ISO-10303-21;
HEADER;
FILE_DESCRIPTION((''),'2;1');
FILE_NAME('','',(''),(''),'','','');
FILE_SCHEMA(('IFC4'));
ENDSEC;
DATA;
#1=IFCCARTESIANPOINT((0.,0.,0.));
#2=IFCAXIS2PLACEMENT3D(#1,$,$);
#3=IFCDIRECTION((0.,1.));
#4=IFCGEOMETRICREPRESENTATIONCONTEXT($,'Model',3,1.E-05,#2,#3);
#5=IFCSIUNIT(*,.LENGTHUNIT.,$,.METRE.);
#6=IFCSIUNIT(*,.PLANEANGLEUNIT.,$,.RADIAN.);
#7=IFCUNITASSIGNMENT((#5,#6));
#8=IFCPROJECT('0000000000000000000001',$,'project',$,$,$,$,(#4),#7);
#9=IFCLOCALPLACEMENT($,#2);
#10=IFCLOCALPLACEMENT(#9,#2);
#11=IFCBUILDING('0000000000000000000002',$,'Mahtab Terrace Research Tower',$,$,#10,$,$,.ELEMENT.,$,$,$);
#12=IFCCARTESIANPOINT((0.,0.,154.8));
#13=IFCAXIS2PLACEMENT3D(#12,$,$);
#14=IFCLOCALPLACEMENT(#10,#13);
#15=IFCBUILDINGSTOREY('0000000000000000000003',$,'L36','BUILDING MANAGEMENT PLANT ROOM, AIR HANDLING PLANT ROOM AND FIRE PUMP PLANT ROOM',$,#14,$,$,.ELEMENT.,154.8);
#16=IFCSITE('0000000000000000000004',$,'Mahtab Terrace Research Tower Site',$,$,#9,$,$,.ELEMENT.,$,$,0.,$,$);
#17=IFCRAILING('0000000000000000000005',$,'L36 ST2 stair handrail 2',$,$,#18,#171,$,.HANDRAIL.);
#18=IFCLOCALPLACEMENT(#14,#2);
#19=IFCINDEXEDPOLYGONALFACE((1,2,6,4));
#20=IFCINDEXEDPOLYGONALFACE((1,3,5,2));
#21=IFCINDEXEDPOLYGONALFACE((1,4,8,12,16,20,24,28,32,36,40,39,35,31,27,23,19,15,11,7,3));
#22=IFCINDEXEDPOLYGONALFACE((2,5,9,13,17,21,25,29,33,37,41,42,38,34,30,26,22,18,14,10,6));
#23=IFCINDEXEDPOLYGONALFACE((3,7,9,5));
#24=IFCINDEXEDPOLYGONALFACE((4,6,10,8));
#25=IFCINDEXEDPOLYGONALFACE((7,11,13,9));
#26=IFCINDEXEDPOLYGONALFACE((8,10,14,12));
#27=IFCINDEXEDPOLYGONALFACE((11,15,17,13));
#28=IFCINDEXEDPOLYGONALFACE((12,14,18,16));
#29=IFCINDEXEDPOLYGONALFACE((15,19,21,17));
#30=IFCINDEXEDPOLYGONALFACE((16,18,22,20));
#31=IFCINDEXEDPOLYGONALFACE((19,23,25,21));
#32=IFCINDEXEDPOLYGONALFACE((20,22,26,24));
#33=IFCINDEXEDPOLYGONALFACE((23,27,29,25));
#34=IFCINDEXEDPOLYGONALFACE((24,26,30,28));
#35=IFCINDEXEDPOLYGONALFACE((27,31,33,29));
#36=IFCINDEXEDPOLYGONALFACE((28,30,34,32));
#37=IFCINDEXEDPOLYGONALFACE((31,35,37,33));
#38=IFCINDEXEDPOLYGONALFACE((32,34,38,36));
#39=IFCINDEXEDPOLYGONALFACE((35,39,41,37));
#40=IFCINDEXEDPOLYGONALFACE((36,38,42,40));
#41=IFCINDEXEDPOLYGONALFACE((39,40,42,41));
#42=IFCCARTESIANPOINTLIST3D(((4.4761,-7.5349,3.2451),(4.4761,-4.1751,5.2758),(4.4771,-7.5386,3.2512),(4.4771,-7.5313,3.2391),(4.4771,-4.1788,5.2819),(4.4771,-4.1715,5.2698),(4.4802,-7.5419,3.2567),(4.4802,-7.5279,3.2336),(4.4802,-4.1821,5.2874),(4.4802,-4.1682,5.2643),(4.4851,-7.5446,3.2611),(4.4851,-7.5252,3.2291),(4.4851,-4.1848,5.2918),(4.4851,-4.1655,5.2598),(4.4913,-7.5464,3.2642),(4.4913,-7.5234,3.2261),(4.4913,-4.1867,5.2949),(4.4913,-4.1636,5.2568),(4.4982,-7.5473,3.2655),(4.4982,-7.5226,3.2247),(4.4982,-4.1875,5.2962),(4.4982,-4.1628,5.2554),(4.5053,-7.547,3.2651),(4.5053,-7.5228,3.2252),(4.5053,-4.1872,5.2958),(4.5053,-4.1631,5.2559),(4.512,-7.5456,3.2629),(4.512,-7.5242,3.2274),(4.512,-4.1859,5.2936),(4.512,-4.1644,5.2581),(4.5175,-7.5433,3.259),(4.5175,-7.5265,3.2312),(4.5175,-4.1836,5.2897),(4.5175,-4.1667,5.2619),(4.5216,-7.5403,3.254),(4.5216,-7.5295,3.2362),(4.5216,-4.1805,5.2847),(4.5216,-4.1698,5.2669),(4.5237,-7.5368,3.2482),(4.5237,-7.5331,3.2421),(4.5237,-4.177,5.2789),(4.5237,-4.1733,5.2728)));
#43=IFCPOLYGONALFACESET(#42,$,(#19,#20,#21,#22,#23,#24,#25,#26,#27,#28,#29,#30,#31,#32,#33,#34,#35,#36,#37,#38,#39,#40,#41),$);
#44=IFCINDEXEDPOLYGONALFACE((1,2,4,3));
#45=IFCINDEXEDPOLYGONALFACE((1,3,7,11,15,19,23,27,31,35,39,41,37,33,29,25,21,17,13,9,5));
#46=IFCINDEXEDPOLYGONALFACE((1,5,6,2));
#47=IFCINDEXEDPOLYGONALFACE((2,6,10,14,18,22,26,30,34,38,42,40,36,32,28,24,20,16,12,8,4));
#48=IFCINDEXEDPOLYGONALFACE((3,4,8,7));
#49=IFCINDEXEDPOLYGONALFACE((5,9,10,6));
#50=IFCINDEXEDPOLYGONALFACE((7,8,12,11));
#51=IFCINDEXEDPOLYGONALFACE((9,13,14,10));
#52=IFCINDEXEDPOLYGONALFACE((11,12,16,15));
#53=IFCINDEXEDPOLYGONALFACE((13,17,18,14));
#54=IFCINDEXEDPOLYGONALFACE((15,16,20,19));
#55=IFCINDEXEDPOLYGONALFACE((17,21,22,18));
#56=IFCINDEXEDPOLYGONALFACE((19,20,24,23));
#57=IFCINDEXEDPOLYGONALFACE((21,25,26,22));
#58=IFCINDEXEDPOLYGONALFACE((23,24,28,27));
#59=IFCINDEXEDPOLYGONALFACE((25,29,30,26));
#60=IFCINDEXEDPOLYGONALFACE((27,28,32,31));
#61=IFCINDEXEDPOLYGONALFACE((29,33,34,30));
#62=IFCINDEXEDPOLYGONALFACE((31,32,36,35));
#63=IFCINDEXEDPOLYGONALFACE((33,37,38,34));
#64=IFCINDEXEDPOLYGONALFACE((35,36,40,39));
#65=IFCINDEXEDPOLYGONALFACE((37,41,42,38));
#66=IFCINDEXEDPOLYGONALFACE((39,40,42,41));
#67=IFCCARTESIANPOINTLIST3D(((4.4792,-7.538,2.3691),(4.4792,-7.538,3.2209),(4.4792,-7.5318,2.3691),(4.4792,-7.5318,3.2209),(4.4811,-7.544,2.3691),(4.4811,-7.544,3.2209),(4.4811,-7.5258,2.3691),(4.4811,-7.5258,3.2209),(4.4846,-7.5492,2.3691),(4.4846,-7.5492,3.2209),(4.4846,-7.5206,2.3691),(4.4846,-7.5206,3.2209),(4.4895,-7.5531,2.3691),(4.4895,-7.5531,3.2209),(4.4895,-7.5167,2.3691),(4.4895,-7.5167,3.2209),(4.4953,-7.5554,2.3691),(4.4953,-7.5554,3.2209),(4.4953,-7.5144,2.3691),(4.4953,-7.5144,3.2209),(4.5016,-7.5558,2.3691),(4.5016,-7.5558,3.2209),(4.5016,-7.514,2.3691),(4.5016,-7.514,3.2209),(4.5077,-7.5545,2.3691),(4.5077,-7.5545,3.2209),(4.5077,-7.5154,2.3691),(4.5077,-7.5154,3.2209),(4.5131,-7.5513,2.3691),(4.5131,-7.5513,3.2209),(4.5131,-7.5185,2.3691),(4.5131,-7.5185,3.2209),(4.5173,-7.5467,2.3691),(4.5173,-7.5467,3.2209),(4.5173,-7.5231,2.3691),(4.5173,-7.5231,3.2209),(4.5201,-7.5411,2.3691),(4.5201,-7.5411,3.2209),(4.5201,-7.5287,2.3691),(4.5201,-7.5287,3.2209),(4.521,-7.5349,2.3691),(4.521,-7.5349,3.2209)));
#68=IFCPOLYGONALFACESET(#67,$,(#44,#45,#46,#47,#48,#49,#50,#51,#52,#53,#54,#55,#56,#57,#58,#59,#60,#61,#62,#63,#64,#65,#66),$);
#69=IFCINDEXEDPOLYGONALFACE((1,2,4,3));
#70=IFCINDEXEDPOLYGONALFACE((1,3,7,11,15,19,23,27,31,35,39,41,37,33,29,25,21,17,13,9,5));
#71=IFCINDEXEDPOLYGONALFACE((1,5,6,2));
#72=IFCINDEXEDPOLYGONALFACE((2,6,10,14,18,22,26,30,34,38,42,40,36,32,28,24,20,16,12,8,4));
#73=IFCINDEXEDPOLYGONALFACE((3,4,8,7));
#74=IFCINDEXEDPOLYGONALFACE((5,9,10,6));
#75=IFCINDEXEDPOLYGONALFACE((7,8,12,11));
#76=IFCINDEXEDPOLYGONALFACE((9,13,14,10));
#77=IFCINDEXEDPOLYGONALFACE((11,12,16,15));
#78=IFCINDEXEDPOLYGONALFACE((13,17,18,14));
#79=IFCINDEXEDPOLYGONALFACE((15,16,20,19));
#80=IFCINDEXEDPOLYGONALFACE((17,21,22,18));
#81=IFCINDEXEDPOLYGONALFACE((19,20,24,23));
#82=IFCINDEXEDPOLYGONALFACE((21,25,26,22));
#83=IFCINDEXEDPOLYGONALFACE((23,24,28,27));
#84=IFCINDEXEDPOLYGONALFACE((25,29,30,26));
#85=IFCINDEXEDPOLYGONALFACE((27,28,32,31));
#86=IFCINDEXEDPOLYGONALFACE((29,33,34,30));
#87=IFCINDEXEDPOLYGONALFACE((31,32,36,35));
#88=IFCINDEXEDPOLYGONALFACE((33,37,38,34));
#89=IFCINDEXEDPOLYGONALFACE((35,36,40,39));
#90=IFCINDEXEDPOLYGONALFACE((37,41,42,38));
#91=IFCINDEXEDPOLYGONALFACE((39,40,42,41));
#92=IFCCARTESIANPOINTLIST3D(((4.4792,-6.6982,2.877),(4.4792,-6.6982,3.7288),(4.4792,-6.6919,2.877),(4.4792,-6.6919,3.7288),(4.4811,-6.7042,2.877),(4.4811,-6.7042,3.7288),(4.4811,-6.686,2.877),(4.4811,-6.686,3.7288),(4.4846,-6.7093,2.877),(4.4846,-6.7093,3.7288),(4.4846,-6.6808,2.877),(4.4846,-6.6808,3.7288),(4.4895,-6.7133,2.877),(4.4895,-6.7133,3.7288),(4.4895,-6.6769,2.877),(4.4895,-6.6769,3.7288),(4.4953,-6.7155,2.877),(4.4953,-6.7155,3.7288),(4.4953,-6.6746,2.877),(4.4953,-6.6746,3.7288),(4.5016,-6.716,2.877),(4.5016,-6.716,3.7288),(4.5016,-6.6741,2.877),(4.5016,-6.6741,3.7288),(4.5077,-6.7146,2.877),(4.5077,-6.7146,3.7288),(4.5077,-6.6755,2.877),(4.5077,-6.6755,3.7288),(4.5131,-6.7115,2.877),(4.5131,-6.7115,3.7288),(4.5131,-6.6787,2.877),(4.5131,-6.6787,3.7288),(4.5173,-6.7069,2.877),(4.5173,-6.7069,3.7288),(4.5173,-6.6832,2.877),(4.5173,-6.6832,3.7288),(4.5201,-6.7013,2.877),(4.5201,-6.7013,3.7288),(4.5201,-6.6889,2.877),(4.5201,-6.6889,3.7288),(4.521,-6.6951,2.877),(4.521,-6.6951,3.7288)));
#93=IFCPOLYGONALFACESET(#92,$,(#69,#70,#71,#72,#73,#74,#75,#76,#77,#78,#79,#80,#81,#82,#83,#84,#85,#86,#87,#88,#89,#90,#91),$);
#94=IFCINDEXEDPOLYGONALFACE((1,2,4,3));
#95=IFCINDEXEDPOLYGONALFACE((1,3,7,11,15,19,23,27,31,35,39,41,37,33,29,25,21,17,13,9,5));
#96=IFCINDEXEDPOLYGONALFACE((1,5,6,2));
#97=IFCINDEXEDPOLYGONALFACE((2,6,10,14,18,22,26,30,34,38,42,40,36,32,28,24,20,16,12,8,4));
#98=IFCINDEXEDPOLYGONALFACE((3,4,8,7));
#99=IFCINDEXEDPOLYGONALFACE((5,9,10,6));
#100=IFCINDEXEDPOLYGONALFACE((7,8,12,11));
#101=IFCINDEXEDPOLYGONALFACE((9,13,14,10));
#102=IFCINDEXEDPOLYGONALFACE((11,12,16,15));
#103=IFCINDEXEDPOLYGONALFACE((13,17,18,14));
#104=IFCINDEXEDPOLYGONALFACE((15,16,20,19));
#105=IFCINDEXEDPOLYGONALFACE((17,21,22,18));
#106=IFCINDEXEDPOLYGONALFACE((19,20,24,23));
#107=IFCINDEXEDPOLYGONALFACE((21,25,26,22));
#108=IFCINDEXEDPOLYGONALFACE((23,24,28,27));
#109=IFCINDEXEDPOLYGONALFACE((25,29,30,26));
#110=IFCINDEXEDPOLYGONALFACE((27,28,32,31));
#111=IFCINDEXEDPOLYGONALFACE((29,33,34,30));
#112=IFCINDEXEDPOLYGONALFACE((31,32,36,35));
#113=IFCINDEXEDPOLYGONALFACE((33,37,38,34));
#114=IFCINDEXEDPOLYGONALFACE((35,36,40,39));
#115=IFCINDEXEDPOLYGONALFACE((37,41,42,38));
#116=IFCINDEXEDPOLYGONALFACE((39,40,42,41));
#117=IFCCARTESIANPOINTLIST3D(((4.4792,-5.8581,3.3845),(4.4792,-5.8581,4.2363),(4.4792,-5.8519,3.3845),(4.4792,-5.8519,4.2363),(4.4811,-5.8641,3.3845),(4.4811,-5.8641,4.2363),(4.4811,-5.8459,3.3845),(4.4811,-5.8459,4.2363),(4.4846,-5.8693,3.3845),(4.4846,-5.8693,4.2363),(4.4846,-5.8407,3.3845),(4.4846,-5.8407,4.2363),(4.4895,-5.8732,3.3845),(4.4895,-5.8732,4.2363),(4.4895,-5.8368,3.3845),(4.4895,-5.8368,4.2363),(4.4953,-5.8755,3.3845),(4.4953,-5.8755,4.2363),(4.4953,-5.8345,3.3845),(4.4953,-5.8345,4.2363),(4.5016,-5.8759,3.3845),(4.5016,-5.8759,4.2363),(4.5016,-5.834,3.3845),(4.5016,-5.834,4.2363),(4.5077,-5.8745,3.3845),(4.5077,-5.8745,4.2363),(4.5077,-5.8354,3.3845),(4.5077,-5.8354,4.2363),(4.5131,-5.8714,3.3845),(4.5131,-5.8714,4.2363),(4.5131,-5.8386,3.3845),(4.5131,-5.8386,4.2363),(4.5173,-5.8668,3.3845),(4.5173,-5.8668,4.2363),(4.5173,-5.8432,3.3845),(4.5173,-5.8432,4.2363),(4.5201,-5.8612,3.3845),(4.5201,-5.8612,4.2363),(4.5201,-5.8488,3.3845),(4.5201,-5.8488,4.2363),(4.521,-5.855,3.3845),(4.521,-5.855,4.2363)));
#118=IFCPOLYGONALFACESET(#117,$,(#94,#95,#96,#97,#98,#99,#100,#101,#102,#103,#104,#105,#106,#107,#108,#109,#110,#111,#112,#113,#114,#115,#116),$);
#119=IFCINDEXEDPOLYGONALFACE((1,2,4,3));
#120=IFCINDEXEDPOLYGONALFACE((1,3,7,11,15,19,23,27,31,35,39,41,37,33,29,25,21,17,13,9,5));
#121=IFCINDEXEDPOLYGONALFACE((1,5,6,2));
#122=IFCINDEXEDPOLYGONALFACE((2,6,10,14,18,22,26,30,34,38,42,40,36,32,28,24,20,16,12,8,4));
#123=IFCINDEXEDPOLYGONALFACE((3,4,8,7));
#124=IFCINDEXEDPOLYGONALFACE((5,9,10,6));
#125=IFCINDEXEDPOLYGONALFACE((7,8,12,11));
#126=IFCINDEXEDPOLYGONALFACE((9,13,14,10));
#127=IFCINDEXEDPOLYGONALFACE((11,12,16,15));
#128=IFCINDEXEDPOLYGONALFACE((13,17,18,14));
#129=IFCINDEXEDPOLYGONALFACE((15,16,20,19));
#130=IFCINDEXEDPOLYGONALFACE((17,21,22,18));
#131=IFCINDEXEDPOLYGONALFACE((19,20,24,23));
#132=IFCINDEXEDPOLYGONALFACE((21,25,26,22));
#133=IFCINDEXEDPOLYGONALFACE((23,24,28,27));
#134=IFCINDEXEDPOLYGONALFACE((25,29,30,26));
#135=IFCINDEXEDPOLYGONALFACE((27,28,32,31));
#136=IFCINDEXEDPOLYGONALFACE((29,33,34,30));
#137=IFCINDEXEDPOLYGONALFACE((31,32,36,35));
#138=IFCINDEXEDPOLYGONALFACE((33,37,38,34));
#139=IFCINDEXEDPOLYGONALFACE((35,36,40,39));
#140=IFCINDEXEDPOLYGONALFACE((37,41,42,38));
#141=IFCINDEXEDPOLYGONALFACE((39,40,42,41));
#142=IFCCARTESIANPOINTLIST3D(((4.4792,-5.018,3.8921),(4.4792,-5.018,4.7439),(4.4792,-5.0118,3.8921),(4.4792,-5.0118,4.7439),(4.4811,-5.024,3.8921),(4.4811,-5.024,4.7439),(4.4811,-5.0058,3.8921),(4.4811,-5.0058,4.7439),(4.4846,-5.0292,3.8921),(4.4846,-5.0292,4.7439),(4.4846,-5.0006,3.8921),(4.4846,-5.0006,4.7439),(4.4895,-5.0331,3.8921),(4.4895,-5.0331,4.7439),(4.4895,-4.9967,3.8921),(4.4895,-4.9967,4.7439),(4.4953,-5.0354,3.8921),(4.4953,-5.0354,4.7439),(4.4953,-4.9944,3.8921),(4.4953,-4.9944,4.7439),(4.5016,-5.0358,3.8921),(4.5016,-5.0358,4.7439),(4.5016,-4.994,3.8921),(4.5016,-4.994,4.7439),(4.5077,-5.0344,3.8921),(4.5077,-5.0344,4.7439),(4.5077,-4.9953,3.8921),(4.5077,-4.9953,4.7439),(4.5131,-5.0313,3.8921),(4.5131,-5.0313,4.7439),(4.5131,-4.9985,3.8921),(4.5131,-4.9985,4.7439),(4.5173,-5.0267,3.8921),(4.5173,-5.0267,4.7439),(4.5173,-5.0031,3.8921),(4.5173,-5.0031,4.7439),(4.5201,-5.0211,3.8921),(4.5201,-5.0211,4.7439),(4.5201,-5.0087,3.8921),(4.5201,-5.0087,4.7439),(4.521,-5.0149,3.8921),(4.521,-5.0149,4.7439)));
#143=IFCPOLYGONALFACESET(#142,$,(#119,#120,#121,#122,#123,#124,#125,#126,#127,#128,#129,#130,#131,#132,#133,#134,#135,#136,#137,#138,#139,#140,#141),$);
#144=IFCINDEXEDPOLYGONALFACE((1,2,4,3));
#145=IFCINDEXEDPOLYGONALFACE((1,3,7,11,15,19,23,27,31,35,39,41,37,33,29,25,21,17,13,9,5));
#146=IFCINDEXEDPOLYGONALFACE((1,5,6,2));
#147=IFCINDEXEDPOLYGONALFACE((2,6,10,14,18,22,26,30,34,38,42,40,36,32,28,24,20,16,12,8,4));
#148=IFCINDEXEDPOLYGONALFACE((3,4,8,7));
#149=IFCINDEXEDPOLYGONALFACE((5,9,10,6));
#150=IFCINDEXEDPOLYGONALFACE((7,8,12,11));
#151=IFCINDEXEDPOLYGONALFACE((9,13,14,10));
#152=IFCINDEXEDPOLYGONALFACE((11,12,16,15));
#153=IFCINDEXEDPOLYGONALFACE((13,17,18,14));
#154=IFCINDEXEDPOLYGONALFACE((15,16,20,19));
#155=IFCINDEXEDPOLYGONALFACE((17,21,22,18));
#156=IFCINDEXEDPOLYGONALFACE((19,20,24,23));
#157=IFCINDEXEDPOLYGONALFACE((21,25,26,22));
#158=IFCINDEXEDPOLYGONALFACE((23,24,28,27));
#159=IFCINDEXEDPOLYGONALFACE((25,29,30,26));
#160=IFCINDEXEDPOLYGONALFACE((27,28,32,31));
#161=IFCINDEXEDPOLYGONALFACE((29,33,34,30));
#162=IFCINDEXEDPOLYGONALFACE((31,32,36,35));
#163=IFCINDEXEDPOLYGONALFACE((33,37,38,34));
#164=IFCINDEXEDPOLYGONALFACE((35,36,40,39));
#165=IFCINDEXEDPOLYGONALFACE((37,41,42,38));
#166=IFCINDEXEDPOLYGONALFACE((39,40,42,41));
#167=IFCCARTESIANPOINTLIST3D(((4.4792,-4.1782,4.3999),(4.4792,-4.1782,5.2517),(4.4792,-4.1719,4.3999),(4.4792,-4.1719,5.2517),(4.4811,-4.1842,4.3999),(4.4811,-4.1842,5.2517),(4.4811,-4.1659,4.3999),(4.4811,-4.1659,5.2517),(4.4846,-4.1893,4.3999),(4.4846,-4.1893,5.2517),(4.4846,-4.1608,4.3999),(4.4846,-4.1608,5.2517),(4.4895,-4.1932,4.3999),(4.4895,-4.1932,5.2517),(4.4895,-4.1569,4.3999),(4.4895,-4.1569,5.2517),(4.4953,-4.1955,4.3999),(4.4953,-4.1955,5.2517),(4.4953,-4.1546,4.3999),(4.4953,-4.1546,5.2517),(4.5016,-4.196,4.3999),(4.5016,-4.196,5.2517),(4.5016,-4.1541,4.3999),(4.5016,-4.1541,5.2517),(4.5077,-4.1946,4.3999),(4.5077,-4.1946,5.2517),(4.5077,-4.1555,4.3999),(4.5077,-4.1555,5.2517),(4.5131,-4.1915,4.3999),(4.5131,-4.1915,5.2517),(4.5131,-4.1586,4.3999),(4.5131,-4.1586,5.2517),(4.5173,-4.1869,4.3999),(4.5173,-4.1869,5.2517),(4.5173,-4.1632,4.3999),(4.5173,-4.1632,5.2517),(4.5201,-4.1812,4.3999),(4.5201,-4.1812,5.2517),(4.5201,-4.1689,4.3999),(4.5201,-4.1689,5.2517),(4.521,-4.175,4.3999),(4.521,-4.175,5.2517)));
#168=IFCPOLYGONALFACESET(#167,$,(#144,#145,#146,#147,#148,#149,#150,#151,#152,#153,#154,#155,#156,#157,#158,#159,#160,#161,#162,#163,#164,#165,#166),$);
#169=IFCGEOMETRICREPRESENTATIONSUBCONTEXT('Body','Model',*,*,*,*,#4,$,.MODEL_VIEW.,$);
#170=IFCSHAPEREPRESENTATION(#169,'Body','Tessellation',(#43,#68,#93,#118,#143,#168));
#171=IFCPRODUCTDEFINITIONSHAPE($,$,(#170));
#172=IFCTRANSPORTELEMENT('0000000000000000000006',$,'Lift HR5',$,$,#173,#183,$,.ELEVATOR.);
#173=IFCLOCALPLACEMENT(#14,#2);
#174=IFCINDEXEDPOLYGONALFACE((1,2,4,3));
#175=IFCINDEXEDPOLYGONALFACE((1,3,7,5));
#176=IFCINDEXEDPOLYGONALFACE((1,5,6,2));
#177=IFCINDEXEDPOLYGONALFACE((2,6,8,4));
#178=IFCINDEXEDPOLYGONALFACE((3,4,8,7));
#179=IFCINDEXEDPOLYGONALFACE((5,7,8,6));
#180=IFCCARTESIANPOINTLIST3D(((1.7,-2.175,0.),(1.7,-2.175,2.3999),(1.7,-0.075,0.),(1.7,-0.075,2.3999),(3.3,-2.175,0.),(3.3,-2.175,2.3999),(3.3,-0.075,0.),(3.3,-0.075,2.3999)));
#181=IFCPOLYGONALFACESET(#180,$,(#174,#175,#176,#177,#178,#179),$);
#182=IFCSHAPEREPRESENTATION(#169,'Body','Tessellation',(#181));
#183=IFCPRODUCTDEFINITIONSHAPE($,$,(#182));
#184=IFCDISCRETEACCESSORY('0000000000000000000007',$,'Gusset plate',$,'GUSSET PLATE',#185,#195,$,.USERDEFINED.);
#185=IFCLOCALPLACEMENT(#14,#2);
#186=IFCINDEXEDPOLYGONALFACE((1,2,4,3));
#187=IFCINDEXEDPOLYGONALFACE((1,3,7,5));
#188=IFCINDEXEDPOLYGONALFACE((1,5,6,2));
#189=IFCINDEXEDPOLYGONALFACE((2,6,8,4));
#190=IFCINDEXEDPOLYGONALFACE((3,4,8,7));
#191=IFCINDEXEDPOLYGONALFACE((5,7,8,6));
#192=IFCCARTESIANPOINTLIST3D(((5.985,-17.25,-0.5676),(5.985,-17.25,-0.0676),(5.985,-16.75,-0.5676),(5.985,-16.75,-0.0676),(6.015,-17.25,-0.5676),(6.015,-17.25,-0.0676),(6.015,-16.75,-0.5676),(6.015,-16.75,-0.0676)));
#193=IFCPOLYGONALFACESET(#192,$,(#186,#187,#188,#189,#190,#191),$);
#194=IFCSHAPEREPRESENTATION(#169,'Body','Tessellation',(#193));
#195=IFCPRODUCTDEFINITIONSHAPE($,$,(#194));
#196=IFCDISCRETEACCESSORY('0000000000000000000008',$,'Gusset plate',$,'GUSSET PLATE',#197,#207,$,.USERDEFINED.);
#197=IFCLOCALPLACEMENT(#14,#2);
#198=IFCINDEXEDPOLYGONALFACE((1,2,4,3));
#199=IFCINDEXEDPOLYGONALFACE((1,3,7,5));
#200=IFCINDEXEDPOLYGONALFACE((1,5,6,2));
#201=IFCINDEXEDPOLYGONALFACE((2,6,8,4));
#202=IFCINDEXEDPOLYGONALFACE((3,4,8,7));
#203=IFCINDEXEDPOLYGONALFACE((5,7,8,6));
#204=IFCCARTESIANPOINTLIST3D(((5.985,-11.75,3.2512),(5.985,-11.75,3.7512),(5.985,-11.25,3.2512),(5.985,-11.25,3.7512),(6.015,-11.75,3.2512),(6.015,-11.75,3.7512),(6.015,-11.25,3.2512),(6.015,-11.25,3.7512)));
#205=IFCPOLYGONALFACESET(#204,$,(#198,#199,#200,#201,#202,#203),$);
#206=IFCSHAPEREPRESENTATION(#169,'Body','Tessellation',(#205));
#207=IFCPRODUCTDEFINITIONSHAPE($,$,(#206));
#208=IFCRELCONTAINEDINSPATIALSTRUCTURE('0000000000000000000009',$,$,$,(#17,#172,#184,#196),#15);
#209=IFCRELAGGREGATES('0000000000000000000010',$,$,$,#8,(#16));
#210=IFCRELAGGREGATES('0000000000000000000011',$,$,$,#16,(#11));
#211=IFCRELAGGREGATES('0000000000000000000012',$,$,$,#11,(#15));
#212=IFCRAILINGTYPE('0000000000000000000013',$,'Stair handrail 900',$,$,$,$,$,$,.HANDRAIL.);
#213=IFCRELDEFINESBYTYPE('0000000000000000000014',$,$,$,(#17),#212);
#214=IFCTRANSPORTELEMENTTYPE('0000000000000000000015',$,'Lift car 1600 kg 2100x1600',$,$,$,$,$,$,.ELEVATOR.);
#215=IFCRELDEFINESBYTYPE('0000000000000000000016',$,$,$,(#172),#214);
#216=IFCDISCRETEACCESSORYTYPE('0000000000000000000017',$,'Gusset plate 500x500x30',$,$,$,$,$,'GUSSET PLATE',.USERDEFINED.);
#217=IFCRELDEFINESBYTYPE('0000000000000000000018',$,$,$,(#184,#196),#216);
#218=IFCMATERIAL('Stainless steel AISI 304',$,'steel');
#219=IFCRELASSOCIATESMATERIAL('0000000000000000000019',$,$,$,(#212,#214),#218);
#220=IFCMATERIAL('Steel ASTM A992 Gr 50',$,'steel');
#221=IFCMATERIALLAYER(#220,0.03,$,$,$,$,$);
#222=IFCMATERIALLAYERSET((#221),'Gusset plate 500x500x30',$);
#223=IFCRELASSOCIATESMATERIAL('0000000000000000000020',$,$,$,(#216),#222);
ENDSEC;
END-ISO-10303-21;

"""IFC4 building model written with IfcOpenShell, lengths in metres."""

from ifc_helpers import new_model, si_unit, direction, frame, origin, origin_2d, place, context, subcontext, project, spatial, rectangle, circle, extrude, material, layer, layer_set, type_object, element, save


model = new_model("IFC4")

# Units and contexts
model_context = context("Model", 3, precision=1e-05, world=origin(), true_north=direction((0.0, 1.0)))
body_context = subcontext(model_context, "Body", "Model", "MODEL_VIEW")
ifc_project = project(units=[si_unit("LENGTHUNIT", "METRE"), si_unit("PLANEANGLEUNIT", "RADIAN")], contexts=[model_context])

# Site, building, storey
site_placement = place(None, origin())
site = spatial("IfcSite", under=ifc_project, at=site_placement, Name="Mahtab Terrace Research Tower Site", CompositionType="ELEMENT", RefElevation=0.0)
building_placement = place(site_placement, origin())
building = spatial("IfcBuilding", under=site, at=building_placement, Name="Mahtab Terrace Research Tower", CompositionType="ELEMENT")
storey_placement = place(building_placement, frame((0.0, 0.0, 154.8)))
storey = spatial("IfcBuildingStorey", under=building, at=storey_placement, Name="L36", Description="BUILDING MANAGEMENT PLANT ROOM, AIR HANDLING PLANT ROOM AND FIRE PUMP PLANT ROOM", CompositionType="ELEMENT", Elevation=154.8)

# Shared definitions
ifc_material_1 = material(Name="Steel ASTM A992 Gr 50", Category="steel")

# Railing
ifc_material_2 = material(Name="Stainless steel AISI 304", Category="steel")
railing_type_1 = type_object("IfcRailingType", Name="Stair handrail 900", PredefinedType="HANDRAIL", material=ifc_material_2)
railing_1_placement = place(storey_placement, frame((4.5, -7.5349, 2.3691)))
element("IfcRailing", 1, at=railing_1_placement, inside=storey, type_object=railing_type_1, Name="L36 ST2 stair handrail 2", PredefinedType="HANDRAIL", context=body_context, shape_type="SweptSolid", body=[
    extrude(circle(Radius=0.0239, at=origin_2d()), frame((0.0, 0.0, 0.876), z_axis=(0.0, 0.85582, 0.517273), x_axis=(-1.0, 0.0, 0.0)), (0.0, 0.0, 1.0), 3.9258),
    extrude(circle(Radius=0.021, at=origin_2d()), origin(), (0.0, 0.0, 1.0), 0.8518),
    extrude(circle(Radius=0.021, at=origin_2d()), frame((0.0, 0.8398, 0.5078)), (0.0, 0.0, 1.0), 0.8518),
    extrude(circle(Radius=0.021, at=origin_2d()), frame((0.0, 1.6799, 1.0154)), (0.0, 0.0, 1.0), 0.8518),
    extrude(circle(Radius=0.021, at=origin_2d()), frame((0.0, 2.52, 1.5229)), (0.0, 0.0, 1.0), 0.8518),
    extrude(circle(Radius=0.021, at=origin_2d()), frame((0.0, 3.3599, 2.0308)), (0.0, 0.0, 1.0), 0.8518),
])

# Transport element
transport_element_type = type_object("IfcTransportElementType", Name="Lift car 1600 kg 2100x1600", PredefinedType="ELEVATOR", material=ifc_material_2)
transport_element_placement = place(storey_placement, frame((2.5, -1.125, 0.0), z_axis=(0.0, 0.0, 1.0), x_axis=(1.0, 0.0, 0.0)))
element("IfcTransportElement", 2, at=transport_element_placement, inside=storey, type_object=transport_element_type, Name="Lift HR5", PredefinedType="ELEVATOR", context=body_context, shape_type="SweptSolid", body=[
    extrude(rectangle(XDim=1.6001, YDim=2.1001, at=origin_2d()), origin(), (0.0, 0.0, 1.0), 2.3999),
])

# Discrete accessories
ifc_layer_1 = layer(ifc_material_1, 0.03)
ifc_layer_set_1 = layer_set([ifc_layer_1], Name="Gusset plate 500x500x30")
discrete_accessory_type = type_object("IfcDiscreteAccessoryType", Name="Gusset plate 500x500x30", ElementType="GUSSET PLATE", PredefinedType="USERDEFINED", material=ifc_layer_set_1)
for number, where, z_axis, x_axis, name in (
    (3, (6.0, -17.0, -0.5676), (0.0, 0.0, 1.0), (0.0, 1.0, 0.0), "Gusset plate"),
    (4, (6.0, -11.5, 3.2512), (0.0, 0.0, 1.0), (0.0, 1.0, 0.0), "Gusset plate"),
):
    element("IfcDiscreteAccessory", number, at=place(storey_placement, frame(where, z_axis=z_axis, x_axis=x_axis)), inside=storey, type_object=discrete_accessory_type, Name=name, ObjectType="GUSSET PLATE", PredefinedType="USERDEFINED", context=body_context, shape_type="SweptSolid", body=[
        extrude(rectangle(XDim=0.5, YDim=0.03, at=origin_2d()), origin(), (0.0, 0.0, 1.0), 0.5),
    ])

save(model, "model.ifc")
